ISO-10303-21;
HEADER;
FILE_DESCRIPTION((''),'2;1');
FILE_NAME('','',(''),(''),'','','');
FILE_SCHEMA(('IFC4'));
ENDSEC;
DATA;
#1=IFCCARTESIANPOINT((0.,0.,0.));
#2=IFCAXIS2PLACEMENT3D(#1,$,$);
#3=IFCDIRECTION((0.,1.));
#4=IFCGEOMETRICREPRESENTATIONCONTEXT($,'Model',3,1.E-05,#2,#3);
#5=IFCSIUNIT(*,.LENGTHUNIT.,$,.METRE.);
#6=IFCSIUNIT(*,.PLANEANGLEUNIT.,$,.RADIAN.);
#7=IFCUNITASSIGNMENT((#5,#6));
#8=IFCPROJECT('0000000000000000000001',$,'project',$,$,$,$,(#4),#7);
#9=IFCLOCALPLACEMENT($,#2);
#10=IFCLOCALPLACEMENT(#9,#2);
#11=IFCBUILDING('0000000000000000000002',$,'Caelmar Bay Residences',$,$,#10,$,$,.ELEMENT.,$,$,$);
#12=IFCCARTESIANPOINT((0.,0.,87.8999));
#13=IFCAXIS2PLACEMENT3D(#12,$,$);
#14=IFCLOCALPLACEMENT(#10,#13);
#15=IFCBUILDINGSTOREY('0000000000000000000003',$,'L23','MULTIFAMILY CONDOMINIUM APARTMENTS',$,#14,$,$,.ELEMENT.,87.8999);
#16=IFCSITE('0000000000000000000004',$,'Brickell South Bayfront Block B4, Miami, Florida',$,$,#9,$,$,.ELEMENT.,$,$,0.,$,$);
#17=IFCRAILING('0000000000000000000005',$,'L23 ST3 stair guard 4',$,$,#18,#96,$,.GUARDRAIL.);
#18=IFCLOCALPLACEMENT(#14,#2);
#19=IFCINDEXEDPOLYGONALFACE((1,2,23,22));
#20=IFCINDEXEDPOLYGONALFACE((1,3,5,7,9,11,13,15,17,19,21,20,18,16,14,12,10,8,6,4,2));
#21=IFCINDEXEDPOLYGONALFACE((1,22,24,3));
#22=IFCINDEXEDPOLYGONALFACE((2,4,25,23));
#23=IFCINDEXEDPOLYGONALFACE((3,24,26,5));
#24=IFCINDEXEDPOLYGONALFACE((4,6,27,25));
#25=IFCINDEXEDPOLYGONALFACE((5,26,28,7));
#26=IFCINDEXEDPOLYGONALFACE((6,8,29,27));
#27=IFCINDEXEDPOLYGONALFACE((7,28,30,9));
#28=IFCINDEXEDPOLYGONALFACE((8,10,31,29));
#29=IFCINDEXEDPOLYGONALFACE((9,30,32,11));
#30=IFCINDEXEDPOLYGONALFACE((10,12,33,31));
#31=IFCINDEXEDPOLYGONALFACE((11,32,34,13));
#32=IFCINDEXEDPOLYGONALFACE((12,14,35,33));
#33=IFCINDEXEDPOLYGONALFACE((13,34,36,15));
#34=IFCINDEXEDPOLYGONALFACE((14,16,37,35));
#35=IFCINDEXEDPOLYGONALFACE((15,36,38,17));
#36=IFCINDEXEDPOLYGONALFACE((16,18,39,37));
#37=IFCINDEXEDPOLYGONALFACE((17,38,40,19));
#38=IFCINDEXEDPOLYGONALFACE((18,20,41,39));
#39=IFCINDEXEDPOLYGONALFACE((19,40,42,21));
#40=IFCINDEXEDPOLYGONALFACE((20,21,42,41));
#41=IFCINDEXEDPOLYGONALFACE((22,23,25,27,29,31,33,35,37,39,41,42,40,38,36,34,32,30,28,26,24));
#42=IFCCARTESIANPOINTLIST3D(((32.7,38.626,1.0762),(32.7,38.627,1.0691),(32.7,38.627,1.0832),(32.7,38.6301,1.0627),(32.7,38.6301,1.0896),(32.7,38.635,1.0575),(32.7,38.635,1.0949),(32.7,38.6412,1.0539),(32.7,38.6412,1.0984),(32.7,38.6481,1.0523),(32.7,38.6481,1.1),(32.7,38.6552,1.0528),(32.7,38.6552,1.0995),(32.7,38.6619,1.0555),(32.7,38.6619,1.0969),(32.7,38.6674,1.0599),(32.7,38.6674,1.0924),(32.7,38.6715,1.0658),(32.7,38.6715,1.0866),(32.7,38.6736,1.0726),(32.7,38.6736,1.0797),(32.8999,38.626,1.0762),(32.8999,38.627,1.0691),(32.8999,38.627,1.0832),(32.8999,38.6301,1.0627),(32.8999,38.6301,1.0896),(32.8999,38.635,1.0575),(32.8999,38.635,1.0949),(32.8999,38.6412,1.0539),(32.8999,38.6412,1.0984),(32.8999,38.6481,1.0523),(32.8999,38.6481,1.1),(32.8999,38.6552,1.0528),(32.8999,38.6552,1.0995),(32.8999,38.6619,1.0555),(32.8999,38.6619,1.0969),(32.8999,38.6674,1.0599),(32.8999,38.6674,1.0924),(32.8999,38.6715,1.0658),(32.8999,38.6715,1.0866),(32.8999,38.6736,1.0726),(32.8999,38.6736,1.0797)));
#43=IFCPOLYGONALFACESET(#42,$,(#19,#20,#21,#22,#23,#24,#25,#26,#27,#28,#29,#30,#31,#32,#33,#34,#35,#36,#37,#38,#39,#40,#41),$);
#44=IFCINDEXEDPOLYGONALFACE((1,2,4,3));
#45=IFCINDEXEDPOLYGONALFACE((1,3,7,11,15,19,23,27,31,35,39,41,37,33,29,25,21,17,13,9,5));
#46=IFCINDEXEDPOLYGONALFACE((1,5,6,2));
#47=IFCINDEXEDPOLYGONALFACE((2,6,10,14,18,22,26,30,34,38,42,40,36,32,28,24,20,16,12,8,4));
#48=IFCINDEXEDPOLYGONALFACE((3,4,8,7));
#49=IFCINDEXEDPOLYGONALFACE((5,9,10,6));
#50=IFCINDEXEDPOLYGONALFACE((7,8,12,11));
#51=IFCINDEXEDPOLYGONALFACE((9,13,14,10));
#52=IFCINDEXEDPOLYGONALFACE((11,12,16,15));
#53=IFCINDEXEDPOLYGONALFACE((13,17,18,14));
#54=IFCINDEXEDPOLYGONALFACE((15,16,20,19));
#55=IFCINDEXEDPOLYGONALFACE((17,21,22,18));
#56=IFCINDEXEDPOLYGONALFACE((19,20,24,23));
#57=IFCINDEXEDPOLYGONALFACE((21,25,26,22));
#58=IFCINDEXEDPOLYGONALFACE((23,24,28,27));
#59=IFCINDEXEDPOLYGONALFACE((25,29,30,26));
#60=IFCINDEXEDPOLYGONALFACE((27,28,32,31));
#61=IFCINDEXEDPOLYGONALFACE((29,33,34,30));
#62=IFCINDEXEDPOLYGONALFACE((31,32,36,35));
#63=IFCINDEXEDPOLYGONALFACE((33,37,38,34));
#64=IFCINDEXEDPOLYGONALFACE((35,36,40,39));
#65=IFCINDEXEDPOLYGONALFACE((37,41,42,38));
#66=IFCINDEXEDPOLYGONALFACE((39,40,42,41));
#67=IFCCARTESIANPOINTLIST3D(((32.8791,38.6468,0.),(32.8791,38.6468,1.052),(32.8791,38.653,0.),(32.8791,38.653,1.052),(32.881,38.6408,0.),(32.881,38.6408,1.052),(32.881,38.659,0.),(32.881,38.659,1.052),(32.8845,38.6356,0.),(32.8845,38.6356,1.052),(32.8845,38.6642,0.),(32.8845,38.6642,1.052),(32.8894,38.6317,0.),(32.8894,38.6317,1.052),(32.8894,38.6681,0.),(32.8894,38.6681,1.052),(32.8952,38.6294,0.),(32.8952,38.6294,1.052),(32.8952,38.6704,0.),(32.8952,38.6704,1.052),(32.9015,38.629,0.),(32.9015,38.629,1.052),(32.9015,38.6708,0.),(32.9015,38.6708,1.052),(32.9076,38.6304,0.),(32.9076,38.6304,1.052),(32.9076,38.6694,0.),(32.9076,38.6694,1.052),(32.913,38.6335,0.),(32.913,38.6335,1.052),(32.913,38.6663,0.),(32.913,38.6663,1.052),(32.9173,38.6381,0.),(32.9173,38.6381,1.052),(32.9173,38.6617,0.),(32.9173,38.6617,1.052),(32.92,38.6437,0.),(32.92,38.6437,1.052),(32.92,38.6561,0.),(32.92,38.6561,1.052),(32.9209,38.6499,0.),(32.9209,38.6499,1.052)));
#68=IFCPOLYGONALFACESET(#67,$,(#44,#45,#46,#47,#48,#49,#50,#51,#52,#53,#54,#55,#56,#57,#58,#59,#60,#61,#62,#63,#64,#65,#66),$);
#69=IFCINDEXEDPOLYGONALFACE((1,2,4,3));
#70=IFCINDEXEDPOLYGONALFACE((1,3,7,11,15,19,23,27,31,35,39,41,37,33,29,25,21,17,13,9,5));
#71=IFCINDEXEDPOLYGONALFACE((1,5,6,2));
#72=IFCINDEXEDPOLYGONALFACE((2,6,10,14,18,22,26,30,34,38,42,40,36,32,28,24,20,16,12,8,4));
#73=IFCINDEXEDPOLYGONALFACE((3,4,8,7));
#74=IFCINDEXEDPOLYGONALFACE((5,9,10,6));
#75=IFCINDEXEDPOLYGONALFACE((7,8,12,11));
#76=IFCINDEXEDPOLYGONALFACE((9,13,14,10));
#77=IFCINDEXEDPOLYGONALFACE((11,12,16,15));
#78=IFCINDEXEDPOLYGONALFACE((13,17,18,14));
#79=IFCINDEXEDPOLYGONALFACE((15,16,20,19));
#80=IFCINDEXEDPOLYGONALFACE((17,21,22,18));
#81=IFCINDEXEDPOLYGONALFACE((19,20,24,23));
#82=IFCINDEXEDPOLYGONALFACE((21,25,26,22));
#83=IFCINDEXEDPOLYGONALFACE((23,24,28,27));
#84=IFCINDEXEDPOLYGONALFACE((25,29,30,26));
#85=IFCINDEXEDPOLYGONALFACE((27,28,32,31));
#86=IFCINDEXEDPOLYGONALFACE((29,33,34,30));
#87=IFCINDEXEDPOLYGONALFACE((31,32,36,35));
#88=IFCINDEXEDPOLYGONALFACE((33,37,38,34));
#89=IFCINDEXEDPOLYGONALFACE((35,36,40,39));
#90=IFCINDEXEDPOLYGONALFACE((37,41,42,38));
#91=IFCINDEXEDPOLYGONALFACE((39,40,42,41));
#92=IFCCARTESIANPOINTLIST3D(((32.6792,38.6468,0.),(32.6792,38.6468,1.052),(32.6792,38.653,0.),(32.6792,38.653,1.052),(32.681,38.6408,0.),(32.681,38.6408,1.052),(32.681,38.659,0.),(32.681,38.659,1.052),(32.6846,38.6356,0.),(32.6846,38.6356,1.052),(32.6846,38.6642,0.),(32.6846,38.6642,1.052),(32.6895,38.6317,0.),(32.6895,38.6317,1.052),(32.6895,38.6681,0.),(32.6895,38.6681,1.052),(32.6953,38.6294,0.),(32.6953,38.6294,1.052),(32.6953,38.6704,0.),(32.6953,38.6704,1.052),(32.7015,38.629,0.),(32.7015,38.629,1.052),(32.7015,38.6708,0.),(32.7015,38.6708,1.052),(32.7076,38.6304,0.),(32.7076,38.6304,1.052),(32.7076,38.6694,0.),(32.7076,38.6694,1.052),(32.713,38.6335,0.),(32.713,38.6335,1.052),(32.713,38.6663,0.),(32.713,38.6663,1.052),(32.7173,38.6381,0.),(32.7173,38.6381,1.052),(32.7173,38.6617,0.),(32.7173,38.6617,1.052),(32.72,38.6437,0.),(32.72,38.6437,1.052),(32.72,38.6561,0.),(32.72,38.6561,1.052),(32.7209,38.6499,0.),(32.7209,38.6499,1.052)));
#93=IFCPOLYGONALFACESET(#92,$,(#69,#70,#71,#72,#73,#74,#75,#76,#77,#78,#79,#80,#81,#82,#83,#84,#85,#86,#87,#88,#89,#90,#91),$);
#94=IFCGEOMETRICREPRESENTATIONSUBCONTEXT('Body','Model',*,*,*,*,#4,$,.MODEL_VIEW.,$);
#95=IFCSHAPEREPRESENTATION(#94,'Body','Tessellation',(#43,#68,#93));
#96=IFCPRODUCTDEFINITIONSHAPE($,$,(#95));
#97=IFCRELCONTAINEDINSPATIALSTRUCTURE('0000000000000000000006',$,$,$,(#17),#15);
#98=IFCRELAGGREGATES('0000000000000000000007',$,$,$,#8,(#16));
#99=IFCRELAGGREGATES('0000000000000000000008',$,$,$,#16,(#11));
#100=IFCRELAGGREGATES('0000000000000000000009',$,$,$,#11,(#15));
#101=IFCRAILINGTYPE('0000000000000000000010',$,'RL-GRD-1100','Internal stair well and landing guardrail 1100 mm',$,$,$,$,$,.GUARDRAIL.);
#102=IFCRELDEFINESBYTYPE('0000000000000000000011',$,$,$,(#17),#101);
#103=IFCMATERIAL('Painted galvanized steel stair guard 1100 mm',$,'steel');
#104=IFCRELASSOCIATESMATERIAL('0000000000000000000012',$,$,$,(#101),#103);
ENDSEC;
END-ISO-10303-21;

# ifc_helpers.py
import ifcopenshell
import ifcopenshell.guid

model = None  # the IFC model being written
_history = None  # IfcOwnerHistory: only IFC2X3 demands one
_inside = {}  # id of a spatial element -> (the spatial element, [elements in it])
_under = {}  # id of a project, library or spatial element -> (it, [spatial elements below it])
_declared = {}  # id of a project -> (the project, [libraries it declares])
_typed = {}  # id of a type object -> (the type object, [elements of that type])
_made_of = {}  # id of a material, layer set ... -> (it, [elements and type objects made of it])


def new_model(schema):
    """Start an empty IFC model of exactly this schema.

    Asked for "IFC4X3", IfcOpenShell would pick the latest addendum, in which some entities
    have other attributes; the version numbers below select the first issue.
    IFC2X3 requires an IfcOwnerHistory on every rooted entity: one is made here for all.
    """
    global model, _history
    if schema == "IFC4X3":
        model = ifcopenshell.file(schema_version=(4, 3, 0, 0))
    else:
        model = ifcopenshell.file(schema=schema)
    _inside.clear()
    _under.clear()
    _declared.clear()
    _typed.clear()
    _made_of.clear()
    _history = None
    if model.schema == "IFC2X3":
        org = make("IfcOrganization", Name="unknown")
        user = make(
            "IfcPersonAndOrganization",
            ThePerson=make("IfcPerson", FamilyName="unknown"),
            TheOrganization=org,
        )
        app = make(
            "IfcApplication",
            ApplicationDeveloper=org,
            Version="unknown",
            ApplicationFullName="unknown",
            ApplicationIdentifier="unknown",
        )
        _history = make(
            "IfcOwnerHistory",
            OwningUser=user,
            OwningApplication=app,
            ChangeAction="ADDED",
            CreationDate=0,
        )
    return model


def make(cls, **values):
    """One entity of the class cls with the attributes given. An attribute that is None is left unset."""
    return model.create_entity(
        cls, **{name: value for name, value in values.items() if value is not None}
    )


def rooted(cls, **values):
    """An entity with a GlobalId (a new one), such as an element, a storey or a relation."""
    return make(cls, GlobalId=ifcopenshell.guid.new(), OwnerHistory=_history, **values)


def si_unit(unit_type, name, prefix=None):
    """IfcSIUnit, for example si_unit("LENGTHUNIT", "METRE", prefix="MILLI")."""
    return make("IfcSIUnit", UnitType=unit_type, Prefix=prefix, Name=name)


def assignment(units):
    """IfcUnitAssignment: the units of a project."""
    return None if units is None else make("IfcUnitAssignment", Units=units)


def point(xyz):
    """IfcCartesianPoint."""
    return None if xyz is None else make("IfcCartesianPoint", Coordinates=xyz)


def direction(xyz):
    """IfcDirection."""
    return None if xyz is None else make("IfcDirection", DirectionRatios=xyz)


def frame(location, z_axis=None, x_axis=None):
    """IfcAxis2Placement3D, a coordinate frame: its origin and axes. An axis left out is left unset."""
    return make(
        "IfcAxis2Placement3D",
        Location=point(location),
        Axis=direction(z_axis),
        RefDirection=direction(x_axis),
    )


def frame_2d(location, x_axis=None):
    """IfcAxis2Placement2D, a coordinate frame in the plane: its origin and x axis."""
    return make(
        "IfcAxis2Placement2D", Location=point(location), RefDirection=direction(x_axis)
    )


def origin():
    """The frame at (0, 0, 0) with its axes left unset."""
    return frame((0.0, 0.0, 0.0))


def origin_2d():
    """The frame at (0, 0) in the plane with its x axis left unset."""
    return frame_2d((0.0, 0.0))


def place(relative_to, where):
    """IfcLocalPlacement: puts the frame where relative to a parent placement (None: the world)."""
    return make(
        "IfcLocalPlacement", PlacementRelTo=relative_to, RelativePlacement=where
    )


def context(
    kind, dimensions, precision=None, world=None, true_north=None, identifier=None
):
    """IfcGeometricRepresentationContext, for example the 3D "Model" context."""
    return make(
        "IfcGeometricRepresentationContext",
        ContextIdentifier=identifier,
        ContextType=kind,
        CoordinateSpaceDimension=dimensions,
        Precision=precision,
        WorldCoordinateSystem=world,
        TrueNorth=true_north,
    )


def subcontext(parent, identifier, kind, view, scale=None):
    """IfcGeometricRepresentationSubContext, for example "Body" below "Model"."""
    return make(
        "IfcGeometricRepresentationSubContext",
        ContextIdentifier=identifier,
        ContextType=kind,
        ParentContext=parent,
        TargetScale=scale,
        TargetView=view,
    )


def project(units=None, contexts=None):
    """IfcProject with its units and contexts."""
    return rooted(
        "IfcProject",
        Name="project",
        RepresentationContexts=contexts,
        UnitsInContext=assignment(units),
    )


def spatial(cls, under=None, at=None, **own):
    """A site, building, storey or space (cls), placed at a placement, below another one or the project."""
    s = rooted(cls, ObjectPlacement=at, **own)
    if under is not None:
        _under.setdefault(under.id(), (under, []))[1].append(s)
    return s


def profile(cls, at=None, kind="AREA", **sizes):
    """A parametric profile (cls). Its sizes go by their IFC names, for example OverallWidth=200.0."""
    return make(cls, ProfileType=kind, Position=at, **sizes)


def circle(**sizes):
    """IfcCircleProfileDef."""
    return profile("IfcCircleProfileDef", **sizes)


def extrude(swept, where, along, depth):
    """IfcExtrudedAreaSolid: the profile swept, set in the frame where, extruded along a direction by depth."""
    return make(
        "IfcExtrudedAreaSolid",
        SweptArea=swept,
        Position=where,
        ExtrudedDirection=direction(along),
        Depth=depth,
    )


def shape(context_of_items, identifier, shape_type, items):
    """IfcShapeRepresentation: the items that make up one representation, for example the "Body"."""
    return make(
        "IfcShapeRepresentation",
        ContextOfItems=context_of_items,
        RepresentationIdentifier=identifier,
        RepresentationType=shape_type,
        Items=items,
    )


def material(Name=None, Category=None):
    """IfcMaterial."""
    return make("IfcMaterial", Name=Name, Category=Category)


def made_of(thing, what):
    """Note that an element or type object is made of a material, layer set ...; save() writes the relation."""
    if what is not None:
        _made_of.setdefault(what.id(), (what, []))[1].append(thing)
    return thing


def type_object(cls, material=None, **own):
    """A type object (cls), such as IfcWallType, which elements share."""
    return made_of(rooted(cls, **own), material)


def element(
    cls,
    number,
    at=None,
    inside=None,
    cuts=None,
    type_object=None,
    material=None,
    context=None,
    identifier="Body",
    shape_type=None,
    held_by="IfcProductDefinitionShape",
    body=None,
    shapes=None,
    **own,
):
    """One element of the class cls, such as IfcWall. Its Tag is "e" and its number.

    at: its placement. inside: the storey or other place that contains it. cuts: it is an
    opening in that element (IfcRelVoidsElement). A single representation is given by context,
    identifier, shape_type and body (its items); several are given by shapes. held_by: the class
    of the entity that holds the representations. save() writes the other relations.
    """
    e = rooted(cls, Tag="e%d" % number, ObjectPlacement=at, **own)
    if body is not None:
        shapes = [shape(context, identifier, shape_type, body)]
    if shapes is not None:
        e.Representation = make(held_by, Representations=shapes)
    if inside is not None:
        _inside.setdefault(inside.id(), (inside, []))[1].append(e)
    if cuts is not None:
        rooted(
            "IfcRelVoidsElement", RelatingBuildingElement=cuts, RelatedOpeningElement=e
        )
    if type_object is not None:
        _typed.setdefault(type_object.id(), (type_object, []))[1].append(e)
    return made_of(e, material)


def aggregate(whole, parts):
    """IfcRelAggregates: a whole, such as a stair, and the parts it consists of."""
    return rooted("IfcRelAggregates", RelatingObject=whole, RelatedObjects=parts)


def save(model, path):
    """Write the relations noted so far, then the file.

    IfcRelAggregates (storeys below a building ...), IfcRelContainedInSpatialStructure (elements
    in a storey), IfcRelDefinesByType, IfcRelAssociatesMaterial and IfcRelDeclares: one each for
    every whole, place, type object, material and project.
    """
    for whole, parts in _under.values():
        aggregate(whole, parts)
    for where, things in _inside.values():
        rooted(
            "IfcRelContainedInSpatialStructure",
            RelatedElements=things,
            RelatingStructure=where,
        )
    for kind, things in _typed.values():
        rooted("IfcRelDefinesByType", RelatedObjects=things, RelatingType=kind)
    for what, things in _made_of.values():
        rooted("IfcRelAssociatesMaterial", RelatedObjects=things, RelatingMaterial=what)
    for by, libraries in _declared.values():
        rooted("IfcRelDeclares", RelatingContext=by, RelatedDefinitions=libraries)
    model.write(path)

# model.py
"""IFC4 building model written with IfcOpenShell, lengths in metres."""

from ifc_helpers import new_model, si_unit, direction, frame, origin, origin_2d, place, context, subcontext, project, spatial, circle, extrude, material, type_object, element, save


model = new_model("IFC4")

# Units and contexts
model_context = context("Model", 3, precision=1e-05, world=origin(), true_north=direction((0.0, 1.0)))
body_context = subcontext(model_context, "Body", "Model", "MODEL_VIEW")
ifc_project = project(units=[si_unit("LENGTHUNIT", "METRE"), si_unit("PLANEANGLEUNIT", "RADIAN")], contexts=[model_context])

# Site, building, storey
site_placement = place(None, origin())
site = spatial("IfcSite", under=ifc_project, at=site_placement, Name="Brickell South Bayfront Block B4, Miami, Florida", CompositionType="ELEMENT", RefElevation=0.0)
building_placement = place(site_placement, origin())
building = spatial("IfcBuilding", under=site, at=building_placement, Name="Caelmar Bay Residences", CompositionType="ELEMENT")
storey_placement = place(building_placement, frame((0.0, 0.0, 87.8999)))
storey = spatial("IfcBuildingStorey", under=building, at=storey_placement, Name="L23", Description="MULTIFAMILY CONDOMINIUM APARTMENTS", CompositionType="ELEMENT", Elevation=87.8999)

# Railing
ifc_material_1 = material(Name="Painted galvanized steel stair guard 1100 mm", Category="steel")
railing_type_1 = type_object("IfcRailingType", Name="RL-GRD-1100", Description="Internal stair well and landing guardrail 1100 mm", PredefinedType="GUARDRAIL", material=ifc_material_1)
railing_1_placement = place(storey_placement, frame((32.8999, 38.6499, 0.0)))
element("IfcRailing", 1, at=railing_1_placement, inside=storey, type_object=railing_type_1, Name="L23 ST3 stair guard 4", PredefinedType="GUARDRAIL", context=body_context, shape_type="SweptSolid", body=[
    extrude(circle(Radius=0.0239, at=origin_2d()), frame((0.0, 0.0, 1.0762), z_axis=(-1.0, 0.0, 0.0), x_axis=(0.0, -1.0, 0.0)), (0.0, 0.0, 1.0), 0.2),
    extrude(circle(Radius=0.021, at=origin_2d()), origin(), (0.0, 0.0, 1.0), 1.052),
    extrude(circle(Radius=0.021, at=origin_2d()), frame((-0.2, 0.0, 0.0)), (0.0, 0.0, 1.0), 1.052),
])

save(model, "model.ifc")
